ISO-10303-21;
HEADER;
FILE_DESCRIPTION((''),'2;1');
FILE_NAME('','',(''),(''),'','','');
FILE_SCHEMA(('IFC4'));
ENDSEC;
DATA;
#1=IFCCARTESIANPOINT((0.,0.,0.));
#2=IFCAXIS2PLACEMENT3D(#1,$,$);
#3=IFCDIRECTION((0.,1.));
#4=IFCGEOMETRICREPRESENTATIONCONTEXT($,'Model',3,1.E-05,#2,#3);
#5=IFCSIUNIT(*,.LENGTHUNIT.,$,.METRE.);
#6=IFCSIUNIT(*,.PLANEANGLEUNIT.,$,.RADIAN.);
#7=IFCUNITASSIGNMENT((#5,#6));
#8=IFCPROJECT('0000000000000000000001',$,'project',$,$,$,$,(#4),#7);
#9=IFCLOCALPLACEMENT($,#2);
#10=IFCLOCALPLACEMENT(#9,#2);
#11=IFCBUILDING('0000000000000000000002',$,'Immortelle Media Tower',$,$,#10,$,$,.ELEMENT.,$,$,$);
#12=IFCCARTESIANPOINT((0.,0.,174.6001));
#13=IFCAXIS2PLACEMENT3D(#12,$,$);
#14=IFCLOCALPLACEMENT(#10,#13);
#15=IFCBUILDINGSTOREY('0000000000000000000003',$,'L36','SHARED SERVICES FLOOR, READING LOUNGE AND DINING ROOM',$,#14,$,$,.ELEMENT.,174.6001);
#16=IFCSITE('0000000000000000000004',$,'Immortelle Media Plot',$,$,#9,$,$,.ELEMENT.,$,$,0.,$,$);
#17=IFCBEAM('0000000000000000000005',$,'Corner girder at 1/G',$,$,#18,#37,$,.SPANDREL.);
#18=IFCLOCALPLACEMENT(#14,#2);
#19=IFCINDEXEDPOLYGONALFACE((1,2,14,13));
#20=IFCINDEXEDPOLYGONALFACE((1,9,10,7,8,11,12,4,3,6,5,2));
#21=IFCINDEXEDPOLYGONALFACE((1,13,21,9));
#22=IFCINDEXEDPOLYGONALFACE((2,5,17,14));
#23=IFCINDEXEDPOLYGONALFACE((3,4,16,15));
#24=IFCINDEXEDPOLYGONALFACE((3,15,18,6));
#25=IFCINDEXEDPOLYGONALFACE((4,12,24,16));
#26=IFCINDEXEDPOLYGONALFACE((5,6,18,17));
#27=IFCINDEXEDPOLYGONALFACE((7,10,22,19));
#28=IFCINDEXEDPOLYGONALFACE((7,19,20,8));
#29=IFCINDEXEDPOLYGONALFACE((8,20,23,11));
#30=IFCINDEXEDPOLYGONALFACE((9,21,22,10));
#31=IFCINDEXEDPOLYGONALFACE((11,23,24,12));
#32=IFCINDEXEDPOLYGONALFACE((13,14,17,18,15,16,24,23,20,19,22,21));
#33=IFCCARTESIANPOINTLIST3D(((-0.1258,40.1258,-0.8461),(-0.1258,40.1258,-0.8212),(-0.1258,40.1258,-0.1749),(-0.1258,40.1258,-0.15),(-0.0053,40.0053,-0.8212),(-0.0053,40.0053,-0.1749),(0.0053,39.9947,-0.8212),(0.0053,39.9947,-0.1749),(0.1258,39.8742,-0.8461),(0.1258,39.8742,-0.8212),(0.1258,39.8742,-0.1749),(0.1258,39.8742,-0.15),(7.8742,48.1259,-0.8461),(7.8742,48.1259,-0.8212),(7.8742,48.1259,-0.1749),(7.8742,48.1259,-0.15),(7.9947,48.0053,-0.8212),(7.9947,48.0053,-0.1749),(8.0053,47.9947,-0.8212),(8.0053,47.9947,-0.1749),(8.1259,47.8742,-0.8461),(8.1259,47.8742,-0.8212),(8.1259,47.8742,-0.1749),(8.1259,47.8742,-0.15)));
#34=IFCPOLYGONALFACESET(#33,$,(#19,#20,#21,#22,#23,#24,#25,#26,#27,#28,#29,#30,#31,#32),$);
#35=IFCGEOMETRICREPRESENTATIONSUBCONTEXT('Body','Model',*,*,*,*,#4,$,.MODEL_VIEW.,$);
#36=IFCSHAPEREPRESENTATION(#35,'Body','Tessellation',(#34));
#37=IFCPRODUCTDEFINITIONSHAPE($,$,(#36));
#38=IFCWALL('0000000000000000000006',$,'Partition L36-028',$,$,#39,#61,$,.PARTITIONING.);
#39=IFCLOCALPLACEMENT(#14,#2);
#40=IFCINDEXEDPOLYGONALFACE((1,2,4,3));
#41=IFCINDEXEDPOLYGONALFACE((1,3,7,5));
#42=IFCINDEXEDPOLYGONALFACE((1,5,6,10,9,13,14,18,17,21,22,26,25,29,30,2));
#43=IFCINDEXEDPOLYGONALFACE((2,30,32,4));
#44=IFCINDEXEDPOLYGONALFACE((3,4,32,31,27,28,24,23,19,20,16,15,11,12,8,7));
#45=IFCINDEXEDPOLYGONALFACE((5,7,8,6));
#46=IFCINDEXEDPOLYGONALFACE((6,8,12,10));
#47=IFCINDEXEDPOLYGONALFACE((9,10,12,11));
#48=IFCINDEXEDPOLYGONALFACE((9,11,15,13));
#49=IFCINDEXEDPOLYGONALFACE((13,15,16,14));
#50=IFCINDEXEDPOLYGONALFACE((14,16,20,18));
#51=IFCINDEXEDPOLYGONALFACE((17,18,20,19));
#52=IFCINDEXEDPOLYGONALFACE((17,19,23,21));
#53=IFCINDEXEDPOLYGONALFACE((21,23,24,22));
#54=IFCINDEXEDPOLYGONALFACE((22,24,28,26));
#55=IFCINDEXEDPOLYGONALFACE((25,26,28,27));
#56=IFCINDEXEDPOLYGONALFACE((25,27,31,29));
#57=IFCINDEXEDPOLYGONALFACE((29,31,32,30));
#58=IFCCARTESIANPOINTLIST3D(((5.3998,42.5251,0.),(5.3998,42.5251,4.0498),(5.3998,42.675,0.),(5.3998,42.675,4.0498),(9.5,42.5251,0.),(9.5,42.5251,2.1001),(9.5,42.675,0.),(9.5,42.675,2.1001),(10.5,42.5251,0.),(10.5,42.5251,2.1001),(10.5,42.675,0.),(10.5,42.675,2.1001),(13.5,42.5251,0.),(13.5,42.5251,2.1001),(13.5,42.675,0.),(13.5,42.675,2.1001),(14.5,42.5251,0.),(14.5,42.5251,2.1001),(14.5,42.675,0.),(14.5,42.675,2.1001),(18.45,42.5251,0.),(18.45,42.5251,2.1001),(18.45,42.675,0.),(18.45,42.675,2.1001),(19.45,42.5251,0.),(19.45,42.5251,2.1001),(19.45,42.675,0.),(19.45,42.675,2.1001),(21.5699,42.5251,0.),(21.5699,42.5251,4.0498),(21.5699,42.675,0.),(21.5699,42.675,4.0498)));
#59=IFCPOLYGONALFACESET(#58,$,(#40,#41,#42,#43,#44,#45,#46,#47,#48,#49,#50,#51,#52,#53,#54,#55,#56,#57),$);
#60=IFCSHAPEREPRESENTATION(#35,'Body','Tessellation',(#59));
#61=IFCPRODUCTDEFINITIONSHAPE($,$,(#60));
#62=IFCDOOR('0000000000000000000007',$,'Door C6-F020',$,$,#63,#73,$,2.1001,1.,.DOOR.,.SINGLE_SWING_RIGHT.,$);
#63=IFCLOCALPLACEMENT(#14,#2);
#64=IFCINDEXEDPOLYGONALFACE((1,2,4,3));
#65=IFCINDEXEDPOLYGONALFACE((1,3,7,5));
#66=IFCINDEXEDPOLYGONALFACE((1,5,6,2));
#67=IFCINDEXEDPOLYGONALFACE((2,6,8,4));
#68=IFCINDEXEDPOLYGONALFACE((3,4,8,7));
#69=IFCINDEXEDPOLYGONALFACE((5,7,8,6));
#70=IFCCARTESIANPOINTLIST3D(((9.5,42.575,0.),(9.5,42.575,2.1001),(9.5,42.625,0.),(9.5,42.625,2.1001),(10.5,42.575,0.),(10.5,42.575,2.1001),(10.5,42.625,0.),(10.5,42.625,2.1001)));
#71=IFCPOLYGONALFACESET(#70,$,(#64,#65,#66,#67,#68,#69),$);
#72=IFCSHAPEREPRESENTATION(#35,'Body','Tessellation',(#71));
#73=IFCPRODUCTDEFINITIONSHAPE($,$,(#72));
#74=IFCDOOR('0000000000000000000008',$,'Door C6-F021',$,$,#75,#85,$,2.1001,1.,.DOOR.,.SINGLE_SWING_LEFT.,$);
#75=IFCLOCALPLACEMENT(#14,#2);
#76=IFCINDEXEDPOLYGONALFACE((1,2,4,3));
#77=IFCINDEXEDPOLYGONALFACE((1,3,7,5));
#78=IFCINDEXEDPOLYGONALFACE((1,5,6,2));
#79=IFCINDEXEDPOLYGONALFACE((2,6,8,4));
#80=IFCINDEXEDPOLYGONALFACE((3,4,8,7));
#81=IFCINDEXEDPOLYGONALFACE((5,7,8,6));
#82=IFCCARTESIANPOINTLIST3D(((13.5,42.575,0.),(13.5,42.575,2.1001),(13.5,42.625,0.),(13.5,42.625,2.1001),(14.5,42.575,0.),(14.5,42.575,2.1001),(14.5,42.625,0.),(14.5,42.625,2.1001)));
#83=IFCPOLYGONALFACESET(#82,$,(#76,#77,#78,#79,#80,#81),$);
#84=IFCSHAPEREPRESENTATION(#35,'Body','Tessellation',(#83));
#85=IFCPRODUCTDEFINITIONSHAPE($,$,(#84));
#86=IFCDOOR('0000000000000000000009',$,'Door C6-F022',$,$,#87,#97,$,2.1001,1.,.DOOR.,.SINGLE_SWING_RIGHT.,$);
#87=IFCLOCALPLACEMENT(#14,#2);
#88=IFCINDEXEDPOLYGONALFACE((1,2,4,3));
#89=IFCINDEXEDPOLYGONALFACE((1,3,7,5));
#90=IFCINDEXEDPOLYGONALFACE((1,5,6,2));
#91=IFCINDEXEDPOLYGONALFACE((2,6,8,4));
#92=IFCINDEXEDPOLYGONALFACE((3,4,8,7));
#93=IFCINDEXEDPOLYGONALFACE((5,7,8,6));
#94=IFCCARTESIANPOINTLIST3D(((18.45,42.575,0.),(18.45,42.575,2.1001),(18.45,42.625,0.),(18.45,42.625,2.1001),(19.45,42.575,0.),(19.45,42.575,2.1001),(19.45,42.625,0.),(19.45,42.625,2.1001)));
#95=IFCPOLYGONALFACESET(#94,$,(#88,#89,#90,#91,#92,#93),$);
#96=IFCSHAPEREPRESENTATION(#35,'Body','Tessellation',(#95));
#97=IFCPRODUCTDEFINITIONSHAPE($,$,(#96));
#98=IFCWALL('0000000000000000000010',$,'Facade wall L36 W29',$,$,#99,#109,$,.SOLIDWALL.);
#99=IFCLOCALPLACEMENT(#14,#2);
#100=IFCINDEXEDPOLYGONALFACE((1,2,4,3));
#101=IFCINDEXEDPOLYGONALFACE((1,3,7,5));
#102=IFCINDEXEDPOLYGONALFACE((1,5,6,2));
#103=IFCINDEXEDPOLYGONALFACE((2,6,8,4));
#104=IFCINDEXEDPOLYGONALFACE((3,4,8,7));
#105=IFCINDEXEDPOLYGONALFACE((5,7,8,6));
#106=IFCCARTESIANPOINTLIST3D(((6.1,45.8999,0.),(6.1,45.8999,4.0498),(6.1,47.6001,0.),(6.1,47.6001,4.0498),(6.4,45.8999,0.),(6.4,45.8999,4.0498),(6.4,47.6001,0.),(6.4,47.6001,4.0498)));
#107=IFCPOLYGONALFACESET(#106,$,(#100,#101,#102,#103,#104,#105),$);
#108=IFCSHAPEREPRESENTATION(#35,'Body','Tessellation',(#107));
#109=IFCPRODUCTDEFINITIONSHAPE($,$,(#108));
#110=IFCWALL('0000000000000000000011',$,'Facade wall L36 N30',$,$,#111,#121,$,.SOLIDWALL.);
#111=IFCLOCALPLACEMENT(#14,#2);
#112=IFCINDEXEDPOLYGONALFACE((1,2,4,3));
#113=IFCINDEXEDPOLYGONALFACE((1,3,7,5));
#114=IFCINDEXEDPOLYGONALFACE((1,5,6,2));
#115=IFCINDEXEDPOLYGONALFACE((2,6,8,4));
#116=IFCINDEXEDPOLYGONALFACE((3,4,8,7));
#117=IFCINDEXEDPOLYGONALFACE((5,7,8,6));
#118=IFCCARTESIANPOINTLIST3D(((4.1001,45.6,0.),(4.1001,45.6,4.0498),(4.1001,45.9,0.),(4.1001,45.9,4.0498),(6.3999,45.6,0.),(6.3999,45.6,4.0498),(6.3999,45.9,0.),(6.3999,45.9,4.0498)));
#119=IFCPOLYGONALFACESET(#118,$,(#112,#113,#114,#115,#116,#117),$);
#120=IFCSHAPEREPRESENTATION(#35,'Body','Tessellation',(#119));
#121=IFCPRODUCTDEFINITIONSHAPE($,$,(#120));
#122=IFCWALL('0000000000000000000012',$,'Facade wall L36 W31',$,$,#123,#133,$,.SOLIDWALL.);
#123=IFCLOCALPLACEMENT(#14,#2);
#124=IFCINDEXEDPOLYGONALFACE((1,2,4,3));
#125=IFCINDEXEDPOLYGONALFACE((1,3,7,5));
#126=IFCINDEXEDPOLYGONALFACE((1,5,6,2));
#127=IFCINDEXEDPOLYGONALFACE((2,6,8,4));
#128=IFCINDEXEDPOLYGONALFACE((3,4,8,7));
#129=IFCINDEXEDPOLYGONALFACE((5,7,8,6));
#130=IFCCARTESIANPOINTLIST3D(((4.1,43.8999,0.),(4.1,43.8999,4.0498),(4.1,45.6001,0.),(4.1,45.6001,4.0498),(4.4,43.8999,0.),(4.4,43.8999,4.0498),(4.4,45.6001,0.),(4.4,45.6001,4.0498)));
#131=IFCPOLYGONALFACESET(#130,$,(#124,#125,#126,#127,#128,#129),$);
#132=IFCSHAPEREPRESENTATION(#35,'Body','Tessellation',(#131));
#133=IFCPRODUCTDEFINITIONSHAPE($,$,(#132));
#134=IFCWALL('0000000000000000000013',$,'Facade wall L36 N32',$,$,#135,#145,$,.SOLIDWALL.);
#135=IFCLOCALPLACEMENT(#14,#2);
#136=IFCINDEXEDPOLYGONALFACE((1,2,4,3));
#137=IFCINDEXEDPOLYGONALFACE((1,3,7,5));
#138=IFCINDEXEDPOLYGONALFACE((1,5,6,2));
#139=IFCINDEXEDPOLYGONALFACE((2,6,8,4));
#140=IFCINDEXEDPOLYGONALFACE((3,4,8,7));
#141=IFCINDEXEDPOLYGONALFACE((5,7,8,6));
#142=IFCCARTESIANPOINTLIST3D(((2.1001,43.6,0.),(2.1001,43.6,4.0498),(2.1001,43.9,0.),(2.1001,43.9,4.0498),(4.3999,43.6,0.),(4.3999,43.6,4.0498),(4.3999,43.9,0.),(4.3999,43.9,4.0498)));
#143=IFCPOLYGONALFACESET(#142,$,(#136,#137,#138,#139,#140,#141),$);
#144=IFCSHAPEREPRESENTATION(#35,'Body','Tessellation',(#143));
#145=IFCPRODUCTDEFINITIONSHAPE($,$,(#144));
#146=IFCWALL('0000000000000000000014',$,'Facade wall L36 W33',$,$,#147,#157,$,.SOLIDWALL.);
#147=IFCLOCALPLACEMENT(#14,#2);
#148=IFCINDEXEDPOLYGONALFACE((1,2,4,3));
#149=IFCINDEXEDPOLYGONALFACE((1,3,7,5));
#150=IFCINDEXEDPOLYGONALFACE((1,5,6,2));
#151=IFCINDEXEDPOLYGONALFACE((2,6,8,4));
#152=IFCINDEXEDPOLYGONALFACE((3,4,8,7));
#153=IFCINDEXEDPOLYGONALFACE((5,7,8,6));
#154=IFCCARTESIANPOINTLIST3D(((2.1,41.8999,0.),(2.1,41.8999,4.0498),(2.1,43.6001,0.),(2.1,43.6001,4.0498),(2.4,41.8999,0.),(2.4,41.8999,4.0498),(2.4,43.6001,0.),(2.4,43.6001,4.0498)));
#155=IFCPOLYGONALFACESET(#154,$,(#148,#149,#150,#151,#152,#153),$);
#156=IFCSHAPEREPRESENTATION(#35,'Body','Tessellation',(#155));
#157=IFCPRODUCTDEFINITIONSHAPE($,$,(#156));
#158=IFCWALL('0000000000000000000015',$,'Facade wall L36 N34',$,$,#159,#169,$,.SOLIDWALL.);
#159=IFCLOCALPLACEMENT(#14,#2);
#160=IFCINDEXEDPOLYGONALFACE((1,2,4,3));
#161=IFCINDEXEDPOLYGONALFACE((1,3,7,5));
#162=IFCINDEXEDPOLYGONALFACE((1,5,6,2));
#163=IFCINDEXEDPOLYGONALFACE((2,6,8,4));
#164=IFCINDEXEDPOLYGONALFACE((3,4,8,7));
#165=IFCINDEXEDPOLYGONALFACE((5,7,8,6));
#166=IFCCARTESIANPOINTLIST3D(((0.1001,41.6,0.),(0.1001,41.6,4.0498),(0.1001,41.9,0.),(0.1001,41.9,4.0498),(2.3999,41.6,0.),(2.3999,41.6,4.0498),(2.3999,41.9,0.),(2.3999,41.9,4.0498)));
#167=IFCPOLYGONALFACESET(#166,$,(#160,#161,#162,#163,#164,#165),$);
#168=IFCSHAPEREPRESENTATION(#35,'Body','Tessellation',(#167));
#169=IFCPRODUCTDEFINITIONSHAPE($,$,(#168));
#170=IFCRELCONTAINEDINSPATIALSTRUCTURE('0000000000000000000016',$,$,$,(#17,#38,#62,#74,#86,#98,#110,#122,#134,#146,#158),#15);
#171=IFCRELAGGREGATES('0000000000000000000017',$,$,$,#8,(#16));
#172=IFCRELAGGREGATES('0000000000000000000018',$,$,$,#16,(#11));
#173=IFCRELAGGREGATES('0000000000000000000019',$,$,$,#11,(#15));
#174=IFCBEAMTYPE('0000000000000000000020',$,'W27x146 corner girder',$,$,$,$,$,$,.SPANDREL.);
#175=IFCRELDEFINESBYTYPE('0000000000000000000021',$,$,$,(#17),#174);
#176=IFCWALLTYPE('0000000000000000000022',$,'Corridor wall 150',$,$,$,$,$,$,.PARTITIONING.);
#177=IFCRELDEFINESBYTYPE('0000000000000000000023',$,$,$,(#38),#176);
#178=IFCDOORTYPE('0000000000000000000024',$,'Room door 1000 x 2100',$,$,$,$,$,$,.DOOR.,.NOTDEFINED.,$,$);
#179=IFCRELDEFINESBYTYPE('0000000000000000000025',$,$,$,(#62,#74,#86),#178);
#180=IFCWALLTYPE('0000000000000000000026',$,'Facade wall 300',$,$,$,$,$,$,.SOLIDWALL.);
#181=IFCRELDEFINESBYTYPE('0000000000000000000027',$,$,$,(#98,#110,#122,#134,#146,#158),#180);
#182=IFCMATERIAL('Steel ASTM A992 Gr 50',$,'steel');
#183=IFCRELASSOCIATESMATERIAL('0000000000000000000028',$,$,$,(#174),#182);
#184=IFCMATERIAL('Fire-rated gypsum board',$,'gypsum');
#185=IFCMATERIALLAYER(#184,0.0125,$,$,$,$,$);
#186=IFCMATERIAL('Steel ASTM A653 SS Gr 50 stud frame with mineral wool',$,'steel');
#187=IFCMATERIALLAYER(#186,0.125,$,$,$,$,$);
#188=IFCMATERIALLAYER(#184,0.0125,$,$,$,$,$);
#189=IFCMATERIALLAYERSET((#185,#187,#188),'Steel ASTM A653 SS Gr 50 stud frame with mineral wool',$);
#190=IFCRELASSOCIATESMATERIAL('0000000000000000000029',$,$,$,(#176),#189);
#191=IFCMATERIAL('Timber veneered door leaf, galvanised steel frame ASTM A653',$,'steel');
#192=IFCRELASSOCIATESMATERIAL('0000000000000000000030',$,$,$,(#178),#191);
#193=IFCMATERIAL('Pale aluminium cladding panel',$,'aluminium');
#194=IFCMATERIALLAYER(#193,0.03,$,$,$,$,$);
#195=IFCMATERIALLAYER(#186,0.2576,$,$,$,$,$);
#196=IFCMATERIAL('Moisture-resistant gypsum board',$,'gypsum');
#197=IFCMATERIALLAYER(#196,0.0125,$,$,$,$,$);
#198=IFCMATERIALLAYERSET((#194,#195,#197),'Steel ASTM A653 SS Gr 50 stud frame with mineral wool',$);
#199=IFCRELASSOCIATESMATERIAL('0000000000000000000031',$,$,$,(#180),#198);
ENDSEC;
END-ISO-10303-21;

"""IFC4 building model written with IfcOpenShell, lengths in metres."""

from ifc_helpers import new_model, si_unit, direction, frame, frame_2d, origin, origin_2d, place, context, subcontext, project, spatial, rectangle, i_section, extrude, material, layer, layer_set, material_profile, profile_set, type_object, element, fill, save


model = new_model("IFC4")

# Units and contexts
model_context = context("Model", 3, precision=1e-05, world=origin(), true_north=direction((0.0, 1.0)))
body_context = subcontext(model_context, "Body", "Model", "MODEL_VIEW")
ifc_project = project(units=[si_unit("LENGTHUNIT", "METRE"), si_unit("PLANEANGLEUNIT", "RADIAN")], contexts=[model_context])

# Site, building, storey
site_placement = place(None, origin())
site = spatial("IfcSite", under=ifc_project, at=site_placement, Name="Immortelle Media Plot", CompositionType="ELEMENT", RefElevation=0.0)
building_placement = place(site_placement, origin())
building = spatial("IfcBuilding", under=site, at=building_placement, Name="Immortelle Media Tower", CompositionType="ELEMENT")
storey_placement = place(building_placement, frame((0.0, 0.0, 174.6001)))
storey = spatial("IfcBuildingStorey", under=building, at=storey_placement, Name="L36", Description="SHARED SERVICES FLOOR, READING LOUNGE AND DINING ROOM", CompositionType="ELEMENT", Elevation=174.6001)

# Shared definitions
ifc_material_1 = material(Name="Steel ASTM A992 Gr 50", Category="steel")

# Beam
ifc_material_profile_1 = material_profile(ifc_material_1, i_section(OverallWidth=0.356, OverallDepth=0.696, WebThickness=0.0149, FlangeThickness=0.0249, at=origin_2d()), Name="W27x146")
ifc_profile_set_1 = profile_set([ifc_material_profile_1], Name="Steel ASTM A992 Gr 50")
beam_type_1 = type_object("IfcBeamType", Name="W27x146 corner girder", PredefinedType="SPANDREL", material=ifc_profile_set_1)
beam_1_placement = place(storey_placement, frame((0.0, 40.0, -0.498), z_axis=(0.707107, 0.707107, 0.0), x_axis=(-0.707107, 0.707107, 0.0)))
element("IfcBeam", 1, at=beam_1_placement, inside=storey, type_object=beam_type_1, Name="Corner girder at 1/G", PredefinedType="SPANDREL", context=body_context, shape_type="SweptSolid", body=[
    extrude(i_section(OverallWidth=0.356, OverallDepth=0.696, WebThickness=0.0149, FlangeThickness=0.0249, at=origin_2d()), origin(), (0.0, 0.0, 1.0), 11.3137),
])

# Wall, openings, doors
ifc_material_2 = material(Name="Fire-rated gypsum board", Category="gypsum")
ifc_layer_1 = layer(ifc_material_2, 0.0125)
ifc_material_3 = material(Name="Steel ASTM A653 SS Gr 50 stud frame with mineral wool", Category="steel")
ifc_layer_2 = layer(ifc_material_3, 0.125)
ifc_layer_3 = layer(ifc_material_2, 0.0125)
ifc_layer_set_1 = layer_set([ifc_layer_1, ifc_layer_2, ifc_layer_3], Name="Steel ASTM A653 SS Gr 50 stud frame with mineral wool")
wall_type_1 = type_object("IfcWallType", Name="Corridor wall 150", PredefinedType="PARTITIONING", material=ifc_layer_set_1)
wall_1_placement = place(storey_placement, frame((5.3999, 42.6001, 0.0), z_axis=(0.0, 0.0, 1.0), x_axis=(1.0, 0.0, 0.0)))
wall_1 = element("IfcWall", 2, at=wall_1_placement, inside=storey, type_object=wall_type_1, Name="Partition L36-028", PredefinedType="PARTITIONING", context=body_context, shape_type="SweptSolid", body=[
    extrude(rectangle(XDim=16.1702, YDim=0.1499, at=frame_2d((8.085, 0.0))), origin(), (0.0, 0.0, 1.0), 4.0498),
])
opening_1_placement = place(wall_1_placement, frame((4.1001, 0.0, 0.0)))
opening_1 = element("IfcOpeningElement", 3, at=opening_1_placement, cuts=wall_1, PredefinedType="OPENING", context=body_context, shape_type="SweptSolid", body=[
    extrude(rectangle(XDim=1.0, YDim=2.1001, at=frame_2d((0.5, 1.05))), frame((0.0, 0.085, 0.0), z_axis=(0.0, -1.0, 0.0), x_axis=(1.0, 0.0, 0.0)), (0.0, 0.0, 1.0), 0.1699),
])
opening_2_placement = place(wall_1_placement, frame((8.1001, 0.0, 0.0)))
opening_2 = element("IfcOpeningElement", 4, at=opening_2_placement, cuts=wall_1, PredefinedType="OPENING", context=body_context, shape_type="SweptSolid", body=[
    extrude(rectangle(XDim=1.0, YDim=2.1001, at=frame_2d((0.5, 1.05))), frame((0.0, 0.085, 0.0), z_axis=(0.0, -1.0, 0.0), x_axis=(1.0, 0.0, 0.0)), (0.0, 0.0, 1.0), 0.1699),
])
opening_3_placement = place(wall_1_placement, frame((13.05, 0.0, 0.0)))
opening_3 = element("IfcOpeningElement", 5, at=opening_3_placement, cuts=wall_1, PredefinedType="OPENING", context=body_context, shape_type="SweptSolid", body=[
    extrude(rectangle(XDim=1.0, YDim=2.1001, at=frame_2d((0.5, 1.05))), frame((0.0, 0.085, 0.0), z_axis=(0.0, -1.0, 0.0), x_axis=(1.0, 0.0, 0.0)), (0.0, 0.0, 1.0), 0.1699),
])
ifc_material_4 = material(Name="Timber veneered door leaf, galvanised steel frame ASTM A653", Category="steel")
door_type_1 = type_object("IfcDoorType", Name="Room door 1000 x 2100", OperationType="NOTDEFINED", PredefinedType="DOOR", material=ifc_material_4)
door_1_placement = place(opening_1_placement, origin())
door_1 = element("IfcDoor", 6, at=door_1_placement, inside=storey, type_object=door_type_1, Name="Door C6-F020", OperationType="SINGLE_SWING_RIGHT", OverallHeight=2.1001, OverallWidth=1.0, PredefinedType="DOOR", context=body_context, shape_type="SweptSolid", body=[
    extrude(rectangle(XDim=1.0, YDim=2.1001, at=frame_2d((0.5, 1.05))), frame((0.0, 0.0249, 0.0), z_axis=(0.0, -1.0, 0.0), x_axis=(1.0, 0.0, 0.0)), (0.0, 0.0, 1.0), 0.05),
])
fill(opening_1, door_1)
door_2_placement = place(opening_2_placement, origin())
door_2 = element("IfcDoor", 7, at=door_2_placement, inside=storey, type_object=door_type_1, Name="Door C6-F021", OperationType="SINGLE_SWING_LEFT", OverallHeight=2.1001, OverallWidth=1.0, PredefinedType="DOOR", context=body_context, shape_type="SweptSolid", body=[
    extrude(rectangle(XDim=1.0, YDim=2.1001, at=frame_2d((0.5, 1.05))), frame((0.0, 0.0249, 0.0), z_axis=(0.0, -1.0, 0.0), x_axis=(1.0, 0.0, 0.0)), (0.0, 0.0, 1.0), 0.05),
])
fill(opening_2, door_2)
door_3_placement = place(opening_3_placement, origin())
door_3 = element("IfcDoor", 8, at=door_3_placement, inside=storey, type_object=door_type_1, Name="Door C6-F022", OperationType="SINGLE_SWING_RIGHT", OverallHeight=2.1001, OverallWidth=1.0, PredefinedType="DOOR", context=body_context, shape_type="SweptSolid", body=[
    extrude(rectangle(XDim=1.0, YDim=2.1001, at=frame_2d((0.5, 1.05))), frame((0.0, 0.0249, 0.0), z_axis=(0.0, -1.0, 0.0), x_axis=(1.0, 0.0, 0.0)), (0.0, 0.0, 1.0), 0.05),
])
fill(opening_3, door_3)

# Walls
ifc_material_5 = material(Name="Pale aluminium cladding panel", Category="aluminium")
ifc_layer_4 = layer(ifc_material_5, 0.03)
ifc_layer_5 = layer(ifc_material_3, 0.2576)
ifc_material_6 = material(Name="Moisture-resistant gypsum board", Category="gypsum")
ifc_layer_6 = layer(ifc_material_6, 0.0125)
ifc_layer_set_2 = layer_set([ifc_layer_4, ifc_layer_5, ifc_layer_6], Name="Steel ASTM A653 SS Gr 50 stud frame with mineral wool")
wall_type_2 = type_object("IfcWallType", Name="Facade wall 300", PredefinedType="SOLIDWALL", material=ifc_layer_set_2)
wall_2_placement = place(storey_placement, frame((6.25, 47.6001, 0.0), z_axis=(0.0, 0.0, 1.0), x_axis=(0.0, -1.0, 0.0)))
element("IfcWall", 9, at=wall_2_placement, inside=storey, type_object=wall_type_2, Name="Facade wall L36 W29", PredefinedType="SOLIDWALL", context=body_context, shape_type="SweptSolid", body=[
    extrude(rectangle(XDim=1.7002, YDim=0.3, at=frame_2d((0.8501, 0.0))), origin(), (0.0, 0.0, 1.0), 4.0498),
])
wall_3_placement = place(storey_placement, frame((6.3999, 45.75, 0.0), z_axis=(0.0, 0.0, 1.0), x_axis=(-1.0, 0.0, 0.0)))
element("IfcWall", 10, at=wall_3_placement, inside=storey, type_object=wall_type_2, Name="Facade wall L36 N30", PredefinedType="SOLIDWALL", context=body_context, shape_type="SweptSolid", body=[
    extrude(rectangle(XDim=2.2998, YDim=0.3, at=frame_2d((1.1499, 0.0))), origin(), (0.0, 0.0, 1.0), 4.0498),
])
wall_4_placement = place(storey_placement, frame((4.25, 45.6001, 0.0), z_axis=(0.0, 0.0, 1.0), x_axis=(0.0, -1.0, 0.0)))
element("IfcWall", 11, at=wall_4_placement, inside=storey, type_object=wall_type_2, Name="Facade wall L36 W31", PredefinedType="SOLIDWALL", context=body_context, shape_type="SweptSolid", body=[
    extrude(rectangle(XDim=1.7002, YDim=0.3, at=frame_2d((0.8501, 0.0))), origin(), (0.0, 0.0, 1.0), 4.0498),
])
wall_5_placement = place(storey_placement, frame((4.3999, 43.75, 0.0), z_axis=(0.0, 0.0, 1.0), x_axis=(-1.0, 0.0, 0.0)))
element("IfcWall", 12, at=wall_5_placement, inside=storey, type_object=wall_type_2, Name="Facade wall L36 N32", PredefinedType="SOLIDWALL", context=body_context, shape_type="SweptSolid", body=[
    extrude(rectangle(XDim=2.2998, YDim=0.3, at=frame_2d((1.1499, 0.0))), origin(), (0.0, 0.0, 1.0), 4.0498),
])
wall_6_placement = place(storey_placement, frame((2.25, 43.6001, 0.0), z_axis=(0.0, 0.0, 1.0), x_axis=(0.0, -1.0, 0.0)))
element("IfcWall", 13, at=wall_6_placement, inside=storey, type_object=wall_type_2, Name="Facade wall L36 W33", PredefinedType="SOLIDWALL", context=body_context, shape_type="SweptSolid", body=[
    extrude(rectangle(XDim=1.7002, YDim=0.3, at=frame_2d((0.8501, 0.0))), origin(), (0.0, 0.0, 1.0), 4.0498),
])
wall_7_placement = place(storey_placement, frame((2.3999, 41.75, 0.0), z_axis=(0.0, 0.0, 1.0), x_axis=(-1.0, 0.0, 0.0)))
element("IfcWall", 14, at=wall_7_placement, inside=storey, type_object=wall_type_2, Name="Facade wall L36 N34", PredefinedType="SOLIDWALL", context=body_context, shape_type="SweptSolid", body=[
    extrude(rectangle(XDim=2.2998, YDim=0.3, at=frame_2d((1.1499, 0.0))), origin(), (0.0, 0.0, 1.0), 4.0498),
])

save(model, "model.ifc")
